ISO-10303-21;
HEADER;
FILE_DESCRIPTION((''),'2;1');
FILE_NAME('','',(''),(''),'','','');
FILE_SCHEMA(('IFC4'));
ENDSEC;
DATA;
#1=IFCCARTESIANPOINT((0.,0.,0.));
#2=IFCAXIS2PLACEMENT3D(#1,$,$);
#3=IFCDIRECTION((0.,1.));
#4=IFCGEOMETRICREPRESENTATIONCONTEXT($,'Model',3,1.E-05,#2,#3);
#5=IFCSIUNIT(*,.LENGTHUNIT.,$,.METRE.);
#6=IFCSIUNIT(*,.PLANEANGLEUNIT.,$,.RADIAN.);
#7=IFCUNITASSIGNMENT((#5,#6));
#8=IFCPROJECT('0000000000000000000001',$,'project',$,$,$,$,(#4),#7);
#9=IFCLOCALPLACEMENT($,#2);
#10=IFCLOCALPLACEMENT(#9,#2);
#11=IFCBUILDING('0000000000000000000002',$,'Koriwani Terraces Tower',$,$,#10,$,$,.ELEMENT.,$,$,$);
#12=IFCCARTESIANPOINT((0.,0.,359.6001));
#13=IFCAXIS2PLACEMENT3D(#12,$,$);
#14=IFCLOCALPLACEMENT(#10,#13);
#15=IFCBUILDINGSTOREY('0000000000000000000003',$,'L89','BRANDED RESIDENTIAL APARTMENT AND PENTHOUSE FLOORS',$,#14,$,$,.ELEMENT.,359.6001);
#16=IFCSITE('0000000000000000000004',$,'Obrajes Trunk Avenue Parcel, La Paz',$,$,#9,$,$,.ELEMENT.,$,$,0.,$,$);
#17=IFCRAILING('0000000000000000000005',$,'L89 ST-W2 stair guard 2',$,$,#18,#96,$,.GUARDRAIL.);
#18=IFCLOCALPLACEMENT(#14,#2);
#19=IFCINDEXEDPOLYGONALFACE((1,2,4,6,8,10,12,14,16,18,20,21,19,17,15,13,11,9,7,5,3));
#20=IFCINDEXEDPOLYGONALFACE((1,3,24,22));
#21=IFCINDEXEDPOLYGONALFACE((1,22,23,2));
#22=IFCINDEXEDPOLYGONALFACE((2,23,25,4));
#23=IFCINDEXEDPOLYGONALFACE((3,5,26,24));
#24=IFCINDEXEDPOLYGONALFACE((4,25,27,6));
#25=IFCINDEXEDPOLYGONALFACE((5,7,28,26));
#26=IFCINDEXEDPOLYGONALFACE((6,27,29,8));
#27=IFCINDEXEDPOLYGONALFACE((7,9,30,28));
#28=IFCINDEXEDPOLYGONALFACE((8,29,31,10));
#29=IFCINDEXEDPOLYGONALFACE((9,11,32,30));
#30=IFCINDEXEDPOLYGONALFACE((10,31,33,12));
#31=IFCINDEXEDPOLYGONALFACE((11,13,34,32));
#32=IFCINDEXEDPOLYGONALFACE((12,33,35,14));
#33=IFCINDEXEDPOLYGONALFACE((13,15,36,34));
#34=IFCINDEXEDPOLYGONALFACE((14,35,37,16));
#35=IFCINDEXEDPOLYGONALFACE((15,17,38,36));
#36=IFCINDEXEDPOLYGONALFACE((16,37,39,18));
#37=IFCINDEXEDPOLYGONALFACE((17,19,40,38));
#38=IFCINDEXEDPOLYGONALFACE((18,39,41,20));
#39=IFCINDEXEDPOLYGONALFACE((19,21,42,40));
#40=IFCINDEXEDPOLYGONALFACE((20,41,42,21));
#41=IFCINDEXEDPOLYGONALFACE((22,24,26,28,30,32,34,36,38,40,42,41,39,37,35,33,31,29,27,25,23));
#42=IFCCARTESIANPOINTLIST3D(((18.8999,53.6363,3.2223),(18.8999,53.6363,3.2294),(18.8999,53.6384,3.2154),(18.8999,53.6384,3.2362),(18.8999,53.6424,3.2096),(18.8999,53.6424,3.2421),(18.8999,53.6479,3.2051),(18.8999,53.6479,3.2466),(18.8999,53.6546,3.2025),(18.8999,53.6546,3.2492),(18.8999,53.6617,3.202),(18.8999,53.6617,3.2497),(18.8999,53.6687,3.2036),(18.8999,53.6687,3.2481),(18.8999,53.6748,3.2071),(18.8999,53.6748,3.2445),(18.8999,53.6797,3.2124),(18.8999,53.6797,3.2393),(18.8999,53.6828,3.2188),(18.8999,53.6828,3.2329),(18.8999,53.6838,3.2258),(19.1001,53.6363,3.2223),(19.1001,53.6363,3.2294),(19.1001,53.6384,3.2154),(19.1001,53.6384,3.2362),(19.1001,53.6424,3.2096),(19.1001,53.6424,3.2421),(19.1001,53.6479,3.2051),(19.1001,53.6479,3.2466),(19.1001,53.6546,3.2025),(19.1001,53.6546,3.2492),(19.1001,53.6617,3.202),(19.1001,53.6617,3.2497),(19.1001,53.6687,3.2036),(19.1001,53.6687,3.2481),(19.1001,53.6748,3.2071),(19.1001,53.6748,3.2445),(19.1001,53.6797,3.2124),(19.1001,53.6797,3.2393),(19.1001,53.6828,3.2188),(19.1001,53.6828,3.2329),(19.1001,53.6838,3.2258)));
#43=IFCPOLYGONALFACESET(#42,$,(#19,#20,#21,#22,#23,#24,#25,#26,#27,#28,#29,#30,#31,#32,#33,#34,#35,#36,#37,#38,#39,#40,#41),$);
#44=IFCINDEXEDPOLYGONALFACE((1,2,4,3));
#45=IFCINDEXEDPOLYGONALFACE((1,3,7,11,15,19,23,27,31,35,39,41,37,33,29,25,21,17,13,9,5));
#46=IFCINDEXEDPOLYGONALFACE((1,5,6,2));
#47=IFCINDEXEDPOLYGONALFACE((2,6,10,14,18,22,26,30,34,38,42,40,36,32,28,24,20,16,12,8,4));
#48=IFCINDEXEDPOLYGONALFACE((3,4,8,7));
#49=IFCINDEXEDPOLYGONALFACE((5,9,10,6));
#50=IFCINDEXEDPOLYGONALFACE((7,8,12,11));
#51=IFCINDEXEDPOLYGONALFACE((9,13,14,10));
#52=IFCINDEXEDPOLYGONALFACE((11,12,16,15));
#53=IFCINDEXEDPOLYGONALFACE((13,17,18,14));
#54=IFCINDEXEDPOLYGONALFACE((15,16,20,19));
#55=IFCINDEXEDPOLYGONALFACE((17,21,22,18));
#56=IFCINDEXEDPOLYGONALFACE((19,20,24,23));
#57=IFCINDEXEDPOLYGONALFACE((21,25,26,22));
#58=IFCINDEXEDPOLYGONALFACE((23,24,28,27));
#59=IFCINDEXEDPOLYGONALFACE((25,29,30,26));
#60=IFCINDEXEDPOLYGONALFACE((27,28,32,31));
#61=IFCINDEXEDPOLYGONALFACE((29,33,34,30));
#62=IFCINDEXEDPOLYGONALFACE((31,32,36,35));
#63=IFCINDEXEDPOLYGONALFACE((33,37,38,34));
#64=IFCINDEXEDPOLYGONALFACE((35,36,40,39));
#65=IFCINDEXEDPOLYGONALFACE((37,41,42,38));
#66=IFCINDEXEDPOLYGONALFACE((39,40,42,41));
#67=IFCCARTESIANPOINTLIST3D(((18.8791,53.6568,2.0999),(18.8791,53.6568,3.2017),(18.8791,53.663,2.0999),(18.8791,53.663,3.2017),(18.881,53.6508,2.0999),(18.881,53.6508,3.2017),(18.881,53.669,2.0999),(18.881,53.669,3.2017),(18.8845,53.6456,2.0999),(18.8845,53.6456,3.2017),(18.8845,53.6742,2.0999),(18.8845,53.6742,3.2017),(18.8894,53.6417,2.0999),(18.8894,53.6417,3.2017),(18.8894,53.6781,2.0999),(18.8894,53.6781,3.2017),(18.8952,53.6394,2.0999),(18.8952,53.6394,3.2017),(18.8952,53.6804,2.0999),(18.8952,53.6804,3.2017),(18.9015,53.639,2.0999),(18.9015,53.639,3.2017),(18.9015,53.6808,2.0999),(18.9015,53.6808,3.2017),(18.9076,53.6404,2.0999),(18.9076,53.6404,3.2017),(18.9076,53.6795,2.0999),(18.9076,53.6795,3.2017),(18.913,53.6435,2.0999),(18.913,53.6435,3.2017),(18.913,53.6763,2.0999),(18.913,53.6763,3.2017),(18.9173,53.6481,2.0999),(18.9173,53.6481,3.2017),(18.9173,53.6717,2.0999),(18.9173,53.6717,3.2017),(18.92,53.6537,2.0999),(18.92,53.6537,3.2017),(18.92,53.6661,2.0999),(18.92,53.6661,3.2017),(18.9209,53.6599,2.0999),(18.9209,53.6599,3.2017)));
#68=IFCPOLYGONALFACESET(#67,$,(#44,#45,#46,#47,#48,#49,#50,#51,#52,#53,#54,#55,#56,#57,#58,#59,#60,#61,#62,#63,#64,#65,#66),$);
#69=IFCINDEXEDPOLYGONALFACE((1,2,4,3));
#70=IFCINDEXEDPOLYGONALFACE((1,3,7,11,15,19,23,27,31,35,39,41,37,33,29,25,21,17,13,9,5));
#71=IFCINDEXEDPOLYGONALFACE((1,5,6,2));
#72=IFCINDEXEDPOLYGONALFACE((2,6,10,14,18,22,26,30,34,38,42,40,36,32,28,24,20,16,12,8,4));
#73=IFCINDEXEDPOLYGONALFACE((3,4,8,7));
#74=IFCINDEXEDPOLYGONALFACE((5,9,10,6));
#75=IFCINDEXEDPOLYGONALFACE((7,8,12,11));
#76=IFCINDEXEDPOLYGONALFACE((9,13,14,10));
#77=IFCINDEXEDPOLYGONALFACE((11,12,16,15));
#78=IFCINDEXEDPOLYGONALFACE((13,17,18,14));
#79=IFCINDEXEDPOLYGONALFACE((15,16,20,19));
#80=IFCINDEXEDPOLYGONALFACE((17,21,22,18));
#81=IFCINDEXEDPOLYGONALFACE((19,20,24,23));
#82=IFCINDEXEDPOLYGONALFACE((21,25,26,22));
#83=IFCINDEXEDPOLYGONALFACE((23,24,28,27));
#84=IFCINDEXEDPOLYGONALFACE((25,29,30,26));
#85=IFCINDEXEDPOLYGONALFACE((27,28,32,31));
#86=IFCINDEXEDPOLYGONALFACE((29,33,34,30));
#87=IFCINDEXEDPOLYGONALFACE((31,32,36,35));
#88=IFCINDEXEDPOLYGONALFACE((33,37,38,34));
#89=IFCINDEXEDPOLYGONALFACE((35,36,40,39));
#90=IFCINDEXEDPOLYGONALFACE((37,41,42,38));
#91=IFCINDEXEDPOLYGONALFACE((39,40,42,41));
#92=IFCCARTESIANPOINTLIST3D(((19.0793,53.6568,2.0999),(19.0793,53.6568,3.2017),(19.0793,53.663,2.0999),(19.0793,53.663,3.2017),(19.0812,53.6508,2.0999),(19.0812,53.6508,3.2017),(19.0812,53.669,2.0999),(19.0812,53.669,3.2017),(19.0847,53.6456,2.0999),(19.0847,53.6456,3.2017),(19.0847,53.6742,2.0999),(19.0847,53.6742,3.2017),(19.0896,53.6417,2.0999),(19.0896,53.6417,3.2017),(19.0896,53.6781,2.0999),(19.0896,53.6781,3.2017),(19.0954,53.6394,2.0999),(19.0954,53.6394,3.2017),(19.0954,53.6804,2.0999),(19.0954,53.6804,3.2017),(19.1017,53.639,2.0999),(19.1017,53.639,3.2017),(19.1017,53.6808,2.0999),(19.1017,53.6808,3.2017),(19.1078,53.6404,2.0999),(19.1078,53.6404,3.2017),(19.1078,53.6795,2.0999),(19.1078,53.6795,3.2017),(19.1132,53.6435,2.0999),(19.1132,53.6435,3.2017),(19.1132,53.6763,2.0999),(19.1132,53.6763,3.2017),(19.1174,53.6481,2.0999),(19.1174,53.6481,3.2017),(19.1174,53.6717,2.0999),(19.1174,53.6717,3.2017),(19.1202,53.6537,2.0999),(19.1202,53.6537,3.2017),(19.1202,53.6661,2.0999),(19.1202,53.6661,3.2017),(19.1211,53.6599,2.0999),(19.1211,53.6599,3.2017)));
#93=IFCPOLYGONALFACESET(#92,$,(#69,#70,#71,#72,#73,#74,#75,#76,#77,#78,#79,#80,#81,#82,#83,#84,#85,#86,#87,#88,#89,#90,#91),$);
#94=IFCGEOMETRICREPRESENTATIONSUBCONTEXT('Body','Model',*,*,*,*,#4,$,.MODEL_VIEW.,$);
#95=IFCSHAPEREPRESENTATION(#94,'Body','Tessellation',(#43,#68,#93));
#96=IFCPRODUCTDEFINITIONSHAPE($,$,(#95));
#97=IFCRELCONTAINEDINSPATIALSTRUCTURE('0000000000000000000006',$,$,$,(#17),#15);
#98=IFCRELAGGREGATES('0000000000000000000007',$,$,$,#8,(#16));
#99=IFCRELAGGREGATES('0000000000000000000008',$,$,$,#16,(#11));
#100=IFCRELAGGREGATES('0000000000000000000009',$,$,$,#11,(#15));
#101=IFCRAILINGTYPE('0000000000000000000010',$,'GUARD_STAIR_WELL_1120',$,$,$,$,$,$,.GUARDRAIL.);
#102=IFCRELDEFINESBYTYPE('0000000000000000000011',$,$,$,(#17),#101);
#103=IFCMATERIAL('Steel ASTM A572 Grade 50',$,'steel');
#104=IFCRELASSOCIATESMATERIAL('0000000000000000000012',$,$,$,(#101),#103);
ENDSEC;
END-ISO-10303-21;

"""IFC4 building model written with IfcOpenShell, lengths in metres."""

from ifc_helpers import new_model, si_unit, direction, frame, origin, origin_2d, place, context, subcontext, project, spatial, circle, extrude, material, type_object, element, save


model = new_model("IFC4")

# Units and contexts
model_context = context("Model", 3, precision=1e-05, world=origin(), true_north=direction((0.0, 1.0)))
body_context = subcontext(model_context, "Body", "Model", "MODEL_VIEW")
ifc_project = project(units=[si_unit("LENGTHUNIT", "METRE"), si_unit("PLANEANGLEUNIT", "RADIAN")], contexts=[model_context])

# Site, building, storey
site_placement = place(None, origin())
site = spatial("IfcSite", under=ifc_project, at=site_placement, Name="Obrajes Trunk Avenue Parcel, La Paz", CompositionType="ELEMENT", RefElevation=0.0)
building_placement = place(site_placement, origin())
building = spatial("IfcBuilding", under=site, at=building_placement, Name="Koriwani Terraces Tower", CompositionType="ELEMENT")
storey_placement = place(building_placement, frame((0.0, 0.0, 359.6001)))
storey = spatial("IfcBuildingStorey", under=building, at=storey_placement, Name="L89", Description="BRANDED RESIDENTIAL APARTMENT AND PENTHOUSE FLOORS", CompositionType="ELEMENT", Elevation=359.6001)

# Shared definitions
ifc_material_1 = material(Name="Steel ASTM A572 Grade 50", Category="steel")

# Railing
railing_type_1 = type_object("IfcRailingType", Name="GUARD_STAIR_WELL_1120", PredefinedType="GUARDRAIL", material=ifc_material_1)
railing_1_placement = place(storey_placement, frame((18.8999, 53.6599, 2.0999)))
element("IfcRailing", 1, at=railing_1_placement, inside=storey, type_object=railing_type_1, Name="L89 ST-W2 stair guard 2", PredefinedType="GUARDRAIL", context=body_context, shape_type="SweptSolid", body=[
    extrude(circle(Radius=0.0239, at=origin_2d()), frame((0.0, 0.0, 1.126), z_axis=(1.0, 0.0, 0.0), x_axis=(0.0, 1.0, 0.0)), (0.0, 0.0, 1.0), 0.2002),
    extrude(circle(Radius=0.021, at=origin_2d()), origin(), (0.0, 0.0, 1.0), 1.1018),
    extrude(circle(Radius=0.021, at=origin_2d()), frame((0.2002, 0.0, 0.0)), (0.0, 0.0, 1.0), 1.1018),
])

save(model, "model.ifc")
